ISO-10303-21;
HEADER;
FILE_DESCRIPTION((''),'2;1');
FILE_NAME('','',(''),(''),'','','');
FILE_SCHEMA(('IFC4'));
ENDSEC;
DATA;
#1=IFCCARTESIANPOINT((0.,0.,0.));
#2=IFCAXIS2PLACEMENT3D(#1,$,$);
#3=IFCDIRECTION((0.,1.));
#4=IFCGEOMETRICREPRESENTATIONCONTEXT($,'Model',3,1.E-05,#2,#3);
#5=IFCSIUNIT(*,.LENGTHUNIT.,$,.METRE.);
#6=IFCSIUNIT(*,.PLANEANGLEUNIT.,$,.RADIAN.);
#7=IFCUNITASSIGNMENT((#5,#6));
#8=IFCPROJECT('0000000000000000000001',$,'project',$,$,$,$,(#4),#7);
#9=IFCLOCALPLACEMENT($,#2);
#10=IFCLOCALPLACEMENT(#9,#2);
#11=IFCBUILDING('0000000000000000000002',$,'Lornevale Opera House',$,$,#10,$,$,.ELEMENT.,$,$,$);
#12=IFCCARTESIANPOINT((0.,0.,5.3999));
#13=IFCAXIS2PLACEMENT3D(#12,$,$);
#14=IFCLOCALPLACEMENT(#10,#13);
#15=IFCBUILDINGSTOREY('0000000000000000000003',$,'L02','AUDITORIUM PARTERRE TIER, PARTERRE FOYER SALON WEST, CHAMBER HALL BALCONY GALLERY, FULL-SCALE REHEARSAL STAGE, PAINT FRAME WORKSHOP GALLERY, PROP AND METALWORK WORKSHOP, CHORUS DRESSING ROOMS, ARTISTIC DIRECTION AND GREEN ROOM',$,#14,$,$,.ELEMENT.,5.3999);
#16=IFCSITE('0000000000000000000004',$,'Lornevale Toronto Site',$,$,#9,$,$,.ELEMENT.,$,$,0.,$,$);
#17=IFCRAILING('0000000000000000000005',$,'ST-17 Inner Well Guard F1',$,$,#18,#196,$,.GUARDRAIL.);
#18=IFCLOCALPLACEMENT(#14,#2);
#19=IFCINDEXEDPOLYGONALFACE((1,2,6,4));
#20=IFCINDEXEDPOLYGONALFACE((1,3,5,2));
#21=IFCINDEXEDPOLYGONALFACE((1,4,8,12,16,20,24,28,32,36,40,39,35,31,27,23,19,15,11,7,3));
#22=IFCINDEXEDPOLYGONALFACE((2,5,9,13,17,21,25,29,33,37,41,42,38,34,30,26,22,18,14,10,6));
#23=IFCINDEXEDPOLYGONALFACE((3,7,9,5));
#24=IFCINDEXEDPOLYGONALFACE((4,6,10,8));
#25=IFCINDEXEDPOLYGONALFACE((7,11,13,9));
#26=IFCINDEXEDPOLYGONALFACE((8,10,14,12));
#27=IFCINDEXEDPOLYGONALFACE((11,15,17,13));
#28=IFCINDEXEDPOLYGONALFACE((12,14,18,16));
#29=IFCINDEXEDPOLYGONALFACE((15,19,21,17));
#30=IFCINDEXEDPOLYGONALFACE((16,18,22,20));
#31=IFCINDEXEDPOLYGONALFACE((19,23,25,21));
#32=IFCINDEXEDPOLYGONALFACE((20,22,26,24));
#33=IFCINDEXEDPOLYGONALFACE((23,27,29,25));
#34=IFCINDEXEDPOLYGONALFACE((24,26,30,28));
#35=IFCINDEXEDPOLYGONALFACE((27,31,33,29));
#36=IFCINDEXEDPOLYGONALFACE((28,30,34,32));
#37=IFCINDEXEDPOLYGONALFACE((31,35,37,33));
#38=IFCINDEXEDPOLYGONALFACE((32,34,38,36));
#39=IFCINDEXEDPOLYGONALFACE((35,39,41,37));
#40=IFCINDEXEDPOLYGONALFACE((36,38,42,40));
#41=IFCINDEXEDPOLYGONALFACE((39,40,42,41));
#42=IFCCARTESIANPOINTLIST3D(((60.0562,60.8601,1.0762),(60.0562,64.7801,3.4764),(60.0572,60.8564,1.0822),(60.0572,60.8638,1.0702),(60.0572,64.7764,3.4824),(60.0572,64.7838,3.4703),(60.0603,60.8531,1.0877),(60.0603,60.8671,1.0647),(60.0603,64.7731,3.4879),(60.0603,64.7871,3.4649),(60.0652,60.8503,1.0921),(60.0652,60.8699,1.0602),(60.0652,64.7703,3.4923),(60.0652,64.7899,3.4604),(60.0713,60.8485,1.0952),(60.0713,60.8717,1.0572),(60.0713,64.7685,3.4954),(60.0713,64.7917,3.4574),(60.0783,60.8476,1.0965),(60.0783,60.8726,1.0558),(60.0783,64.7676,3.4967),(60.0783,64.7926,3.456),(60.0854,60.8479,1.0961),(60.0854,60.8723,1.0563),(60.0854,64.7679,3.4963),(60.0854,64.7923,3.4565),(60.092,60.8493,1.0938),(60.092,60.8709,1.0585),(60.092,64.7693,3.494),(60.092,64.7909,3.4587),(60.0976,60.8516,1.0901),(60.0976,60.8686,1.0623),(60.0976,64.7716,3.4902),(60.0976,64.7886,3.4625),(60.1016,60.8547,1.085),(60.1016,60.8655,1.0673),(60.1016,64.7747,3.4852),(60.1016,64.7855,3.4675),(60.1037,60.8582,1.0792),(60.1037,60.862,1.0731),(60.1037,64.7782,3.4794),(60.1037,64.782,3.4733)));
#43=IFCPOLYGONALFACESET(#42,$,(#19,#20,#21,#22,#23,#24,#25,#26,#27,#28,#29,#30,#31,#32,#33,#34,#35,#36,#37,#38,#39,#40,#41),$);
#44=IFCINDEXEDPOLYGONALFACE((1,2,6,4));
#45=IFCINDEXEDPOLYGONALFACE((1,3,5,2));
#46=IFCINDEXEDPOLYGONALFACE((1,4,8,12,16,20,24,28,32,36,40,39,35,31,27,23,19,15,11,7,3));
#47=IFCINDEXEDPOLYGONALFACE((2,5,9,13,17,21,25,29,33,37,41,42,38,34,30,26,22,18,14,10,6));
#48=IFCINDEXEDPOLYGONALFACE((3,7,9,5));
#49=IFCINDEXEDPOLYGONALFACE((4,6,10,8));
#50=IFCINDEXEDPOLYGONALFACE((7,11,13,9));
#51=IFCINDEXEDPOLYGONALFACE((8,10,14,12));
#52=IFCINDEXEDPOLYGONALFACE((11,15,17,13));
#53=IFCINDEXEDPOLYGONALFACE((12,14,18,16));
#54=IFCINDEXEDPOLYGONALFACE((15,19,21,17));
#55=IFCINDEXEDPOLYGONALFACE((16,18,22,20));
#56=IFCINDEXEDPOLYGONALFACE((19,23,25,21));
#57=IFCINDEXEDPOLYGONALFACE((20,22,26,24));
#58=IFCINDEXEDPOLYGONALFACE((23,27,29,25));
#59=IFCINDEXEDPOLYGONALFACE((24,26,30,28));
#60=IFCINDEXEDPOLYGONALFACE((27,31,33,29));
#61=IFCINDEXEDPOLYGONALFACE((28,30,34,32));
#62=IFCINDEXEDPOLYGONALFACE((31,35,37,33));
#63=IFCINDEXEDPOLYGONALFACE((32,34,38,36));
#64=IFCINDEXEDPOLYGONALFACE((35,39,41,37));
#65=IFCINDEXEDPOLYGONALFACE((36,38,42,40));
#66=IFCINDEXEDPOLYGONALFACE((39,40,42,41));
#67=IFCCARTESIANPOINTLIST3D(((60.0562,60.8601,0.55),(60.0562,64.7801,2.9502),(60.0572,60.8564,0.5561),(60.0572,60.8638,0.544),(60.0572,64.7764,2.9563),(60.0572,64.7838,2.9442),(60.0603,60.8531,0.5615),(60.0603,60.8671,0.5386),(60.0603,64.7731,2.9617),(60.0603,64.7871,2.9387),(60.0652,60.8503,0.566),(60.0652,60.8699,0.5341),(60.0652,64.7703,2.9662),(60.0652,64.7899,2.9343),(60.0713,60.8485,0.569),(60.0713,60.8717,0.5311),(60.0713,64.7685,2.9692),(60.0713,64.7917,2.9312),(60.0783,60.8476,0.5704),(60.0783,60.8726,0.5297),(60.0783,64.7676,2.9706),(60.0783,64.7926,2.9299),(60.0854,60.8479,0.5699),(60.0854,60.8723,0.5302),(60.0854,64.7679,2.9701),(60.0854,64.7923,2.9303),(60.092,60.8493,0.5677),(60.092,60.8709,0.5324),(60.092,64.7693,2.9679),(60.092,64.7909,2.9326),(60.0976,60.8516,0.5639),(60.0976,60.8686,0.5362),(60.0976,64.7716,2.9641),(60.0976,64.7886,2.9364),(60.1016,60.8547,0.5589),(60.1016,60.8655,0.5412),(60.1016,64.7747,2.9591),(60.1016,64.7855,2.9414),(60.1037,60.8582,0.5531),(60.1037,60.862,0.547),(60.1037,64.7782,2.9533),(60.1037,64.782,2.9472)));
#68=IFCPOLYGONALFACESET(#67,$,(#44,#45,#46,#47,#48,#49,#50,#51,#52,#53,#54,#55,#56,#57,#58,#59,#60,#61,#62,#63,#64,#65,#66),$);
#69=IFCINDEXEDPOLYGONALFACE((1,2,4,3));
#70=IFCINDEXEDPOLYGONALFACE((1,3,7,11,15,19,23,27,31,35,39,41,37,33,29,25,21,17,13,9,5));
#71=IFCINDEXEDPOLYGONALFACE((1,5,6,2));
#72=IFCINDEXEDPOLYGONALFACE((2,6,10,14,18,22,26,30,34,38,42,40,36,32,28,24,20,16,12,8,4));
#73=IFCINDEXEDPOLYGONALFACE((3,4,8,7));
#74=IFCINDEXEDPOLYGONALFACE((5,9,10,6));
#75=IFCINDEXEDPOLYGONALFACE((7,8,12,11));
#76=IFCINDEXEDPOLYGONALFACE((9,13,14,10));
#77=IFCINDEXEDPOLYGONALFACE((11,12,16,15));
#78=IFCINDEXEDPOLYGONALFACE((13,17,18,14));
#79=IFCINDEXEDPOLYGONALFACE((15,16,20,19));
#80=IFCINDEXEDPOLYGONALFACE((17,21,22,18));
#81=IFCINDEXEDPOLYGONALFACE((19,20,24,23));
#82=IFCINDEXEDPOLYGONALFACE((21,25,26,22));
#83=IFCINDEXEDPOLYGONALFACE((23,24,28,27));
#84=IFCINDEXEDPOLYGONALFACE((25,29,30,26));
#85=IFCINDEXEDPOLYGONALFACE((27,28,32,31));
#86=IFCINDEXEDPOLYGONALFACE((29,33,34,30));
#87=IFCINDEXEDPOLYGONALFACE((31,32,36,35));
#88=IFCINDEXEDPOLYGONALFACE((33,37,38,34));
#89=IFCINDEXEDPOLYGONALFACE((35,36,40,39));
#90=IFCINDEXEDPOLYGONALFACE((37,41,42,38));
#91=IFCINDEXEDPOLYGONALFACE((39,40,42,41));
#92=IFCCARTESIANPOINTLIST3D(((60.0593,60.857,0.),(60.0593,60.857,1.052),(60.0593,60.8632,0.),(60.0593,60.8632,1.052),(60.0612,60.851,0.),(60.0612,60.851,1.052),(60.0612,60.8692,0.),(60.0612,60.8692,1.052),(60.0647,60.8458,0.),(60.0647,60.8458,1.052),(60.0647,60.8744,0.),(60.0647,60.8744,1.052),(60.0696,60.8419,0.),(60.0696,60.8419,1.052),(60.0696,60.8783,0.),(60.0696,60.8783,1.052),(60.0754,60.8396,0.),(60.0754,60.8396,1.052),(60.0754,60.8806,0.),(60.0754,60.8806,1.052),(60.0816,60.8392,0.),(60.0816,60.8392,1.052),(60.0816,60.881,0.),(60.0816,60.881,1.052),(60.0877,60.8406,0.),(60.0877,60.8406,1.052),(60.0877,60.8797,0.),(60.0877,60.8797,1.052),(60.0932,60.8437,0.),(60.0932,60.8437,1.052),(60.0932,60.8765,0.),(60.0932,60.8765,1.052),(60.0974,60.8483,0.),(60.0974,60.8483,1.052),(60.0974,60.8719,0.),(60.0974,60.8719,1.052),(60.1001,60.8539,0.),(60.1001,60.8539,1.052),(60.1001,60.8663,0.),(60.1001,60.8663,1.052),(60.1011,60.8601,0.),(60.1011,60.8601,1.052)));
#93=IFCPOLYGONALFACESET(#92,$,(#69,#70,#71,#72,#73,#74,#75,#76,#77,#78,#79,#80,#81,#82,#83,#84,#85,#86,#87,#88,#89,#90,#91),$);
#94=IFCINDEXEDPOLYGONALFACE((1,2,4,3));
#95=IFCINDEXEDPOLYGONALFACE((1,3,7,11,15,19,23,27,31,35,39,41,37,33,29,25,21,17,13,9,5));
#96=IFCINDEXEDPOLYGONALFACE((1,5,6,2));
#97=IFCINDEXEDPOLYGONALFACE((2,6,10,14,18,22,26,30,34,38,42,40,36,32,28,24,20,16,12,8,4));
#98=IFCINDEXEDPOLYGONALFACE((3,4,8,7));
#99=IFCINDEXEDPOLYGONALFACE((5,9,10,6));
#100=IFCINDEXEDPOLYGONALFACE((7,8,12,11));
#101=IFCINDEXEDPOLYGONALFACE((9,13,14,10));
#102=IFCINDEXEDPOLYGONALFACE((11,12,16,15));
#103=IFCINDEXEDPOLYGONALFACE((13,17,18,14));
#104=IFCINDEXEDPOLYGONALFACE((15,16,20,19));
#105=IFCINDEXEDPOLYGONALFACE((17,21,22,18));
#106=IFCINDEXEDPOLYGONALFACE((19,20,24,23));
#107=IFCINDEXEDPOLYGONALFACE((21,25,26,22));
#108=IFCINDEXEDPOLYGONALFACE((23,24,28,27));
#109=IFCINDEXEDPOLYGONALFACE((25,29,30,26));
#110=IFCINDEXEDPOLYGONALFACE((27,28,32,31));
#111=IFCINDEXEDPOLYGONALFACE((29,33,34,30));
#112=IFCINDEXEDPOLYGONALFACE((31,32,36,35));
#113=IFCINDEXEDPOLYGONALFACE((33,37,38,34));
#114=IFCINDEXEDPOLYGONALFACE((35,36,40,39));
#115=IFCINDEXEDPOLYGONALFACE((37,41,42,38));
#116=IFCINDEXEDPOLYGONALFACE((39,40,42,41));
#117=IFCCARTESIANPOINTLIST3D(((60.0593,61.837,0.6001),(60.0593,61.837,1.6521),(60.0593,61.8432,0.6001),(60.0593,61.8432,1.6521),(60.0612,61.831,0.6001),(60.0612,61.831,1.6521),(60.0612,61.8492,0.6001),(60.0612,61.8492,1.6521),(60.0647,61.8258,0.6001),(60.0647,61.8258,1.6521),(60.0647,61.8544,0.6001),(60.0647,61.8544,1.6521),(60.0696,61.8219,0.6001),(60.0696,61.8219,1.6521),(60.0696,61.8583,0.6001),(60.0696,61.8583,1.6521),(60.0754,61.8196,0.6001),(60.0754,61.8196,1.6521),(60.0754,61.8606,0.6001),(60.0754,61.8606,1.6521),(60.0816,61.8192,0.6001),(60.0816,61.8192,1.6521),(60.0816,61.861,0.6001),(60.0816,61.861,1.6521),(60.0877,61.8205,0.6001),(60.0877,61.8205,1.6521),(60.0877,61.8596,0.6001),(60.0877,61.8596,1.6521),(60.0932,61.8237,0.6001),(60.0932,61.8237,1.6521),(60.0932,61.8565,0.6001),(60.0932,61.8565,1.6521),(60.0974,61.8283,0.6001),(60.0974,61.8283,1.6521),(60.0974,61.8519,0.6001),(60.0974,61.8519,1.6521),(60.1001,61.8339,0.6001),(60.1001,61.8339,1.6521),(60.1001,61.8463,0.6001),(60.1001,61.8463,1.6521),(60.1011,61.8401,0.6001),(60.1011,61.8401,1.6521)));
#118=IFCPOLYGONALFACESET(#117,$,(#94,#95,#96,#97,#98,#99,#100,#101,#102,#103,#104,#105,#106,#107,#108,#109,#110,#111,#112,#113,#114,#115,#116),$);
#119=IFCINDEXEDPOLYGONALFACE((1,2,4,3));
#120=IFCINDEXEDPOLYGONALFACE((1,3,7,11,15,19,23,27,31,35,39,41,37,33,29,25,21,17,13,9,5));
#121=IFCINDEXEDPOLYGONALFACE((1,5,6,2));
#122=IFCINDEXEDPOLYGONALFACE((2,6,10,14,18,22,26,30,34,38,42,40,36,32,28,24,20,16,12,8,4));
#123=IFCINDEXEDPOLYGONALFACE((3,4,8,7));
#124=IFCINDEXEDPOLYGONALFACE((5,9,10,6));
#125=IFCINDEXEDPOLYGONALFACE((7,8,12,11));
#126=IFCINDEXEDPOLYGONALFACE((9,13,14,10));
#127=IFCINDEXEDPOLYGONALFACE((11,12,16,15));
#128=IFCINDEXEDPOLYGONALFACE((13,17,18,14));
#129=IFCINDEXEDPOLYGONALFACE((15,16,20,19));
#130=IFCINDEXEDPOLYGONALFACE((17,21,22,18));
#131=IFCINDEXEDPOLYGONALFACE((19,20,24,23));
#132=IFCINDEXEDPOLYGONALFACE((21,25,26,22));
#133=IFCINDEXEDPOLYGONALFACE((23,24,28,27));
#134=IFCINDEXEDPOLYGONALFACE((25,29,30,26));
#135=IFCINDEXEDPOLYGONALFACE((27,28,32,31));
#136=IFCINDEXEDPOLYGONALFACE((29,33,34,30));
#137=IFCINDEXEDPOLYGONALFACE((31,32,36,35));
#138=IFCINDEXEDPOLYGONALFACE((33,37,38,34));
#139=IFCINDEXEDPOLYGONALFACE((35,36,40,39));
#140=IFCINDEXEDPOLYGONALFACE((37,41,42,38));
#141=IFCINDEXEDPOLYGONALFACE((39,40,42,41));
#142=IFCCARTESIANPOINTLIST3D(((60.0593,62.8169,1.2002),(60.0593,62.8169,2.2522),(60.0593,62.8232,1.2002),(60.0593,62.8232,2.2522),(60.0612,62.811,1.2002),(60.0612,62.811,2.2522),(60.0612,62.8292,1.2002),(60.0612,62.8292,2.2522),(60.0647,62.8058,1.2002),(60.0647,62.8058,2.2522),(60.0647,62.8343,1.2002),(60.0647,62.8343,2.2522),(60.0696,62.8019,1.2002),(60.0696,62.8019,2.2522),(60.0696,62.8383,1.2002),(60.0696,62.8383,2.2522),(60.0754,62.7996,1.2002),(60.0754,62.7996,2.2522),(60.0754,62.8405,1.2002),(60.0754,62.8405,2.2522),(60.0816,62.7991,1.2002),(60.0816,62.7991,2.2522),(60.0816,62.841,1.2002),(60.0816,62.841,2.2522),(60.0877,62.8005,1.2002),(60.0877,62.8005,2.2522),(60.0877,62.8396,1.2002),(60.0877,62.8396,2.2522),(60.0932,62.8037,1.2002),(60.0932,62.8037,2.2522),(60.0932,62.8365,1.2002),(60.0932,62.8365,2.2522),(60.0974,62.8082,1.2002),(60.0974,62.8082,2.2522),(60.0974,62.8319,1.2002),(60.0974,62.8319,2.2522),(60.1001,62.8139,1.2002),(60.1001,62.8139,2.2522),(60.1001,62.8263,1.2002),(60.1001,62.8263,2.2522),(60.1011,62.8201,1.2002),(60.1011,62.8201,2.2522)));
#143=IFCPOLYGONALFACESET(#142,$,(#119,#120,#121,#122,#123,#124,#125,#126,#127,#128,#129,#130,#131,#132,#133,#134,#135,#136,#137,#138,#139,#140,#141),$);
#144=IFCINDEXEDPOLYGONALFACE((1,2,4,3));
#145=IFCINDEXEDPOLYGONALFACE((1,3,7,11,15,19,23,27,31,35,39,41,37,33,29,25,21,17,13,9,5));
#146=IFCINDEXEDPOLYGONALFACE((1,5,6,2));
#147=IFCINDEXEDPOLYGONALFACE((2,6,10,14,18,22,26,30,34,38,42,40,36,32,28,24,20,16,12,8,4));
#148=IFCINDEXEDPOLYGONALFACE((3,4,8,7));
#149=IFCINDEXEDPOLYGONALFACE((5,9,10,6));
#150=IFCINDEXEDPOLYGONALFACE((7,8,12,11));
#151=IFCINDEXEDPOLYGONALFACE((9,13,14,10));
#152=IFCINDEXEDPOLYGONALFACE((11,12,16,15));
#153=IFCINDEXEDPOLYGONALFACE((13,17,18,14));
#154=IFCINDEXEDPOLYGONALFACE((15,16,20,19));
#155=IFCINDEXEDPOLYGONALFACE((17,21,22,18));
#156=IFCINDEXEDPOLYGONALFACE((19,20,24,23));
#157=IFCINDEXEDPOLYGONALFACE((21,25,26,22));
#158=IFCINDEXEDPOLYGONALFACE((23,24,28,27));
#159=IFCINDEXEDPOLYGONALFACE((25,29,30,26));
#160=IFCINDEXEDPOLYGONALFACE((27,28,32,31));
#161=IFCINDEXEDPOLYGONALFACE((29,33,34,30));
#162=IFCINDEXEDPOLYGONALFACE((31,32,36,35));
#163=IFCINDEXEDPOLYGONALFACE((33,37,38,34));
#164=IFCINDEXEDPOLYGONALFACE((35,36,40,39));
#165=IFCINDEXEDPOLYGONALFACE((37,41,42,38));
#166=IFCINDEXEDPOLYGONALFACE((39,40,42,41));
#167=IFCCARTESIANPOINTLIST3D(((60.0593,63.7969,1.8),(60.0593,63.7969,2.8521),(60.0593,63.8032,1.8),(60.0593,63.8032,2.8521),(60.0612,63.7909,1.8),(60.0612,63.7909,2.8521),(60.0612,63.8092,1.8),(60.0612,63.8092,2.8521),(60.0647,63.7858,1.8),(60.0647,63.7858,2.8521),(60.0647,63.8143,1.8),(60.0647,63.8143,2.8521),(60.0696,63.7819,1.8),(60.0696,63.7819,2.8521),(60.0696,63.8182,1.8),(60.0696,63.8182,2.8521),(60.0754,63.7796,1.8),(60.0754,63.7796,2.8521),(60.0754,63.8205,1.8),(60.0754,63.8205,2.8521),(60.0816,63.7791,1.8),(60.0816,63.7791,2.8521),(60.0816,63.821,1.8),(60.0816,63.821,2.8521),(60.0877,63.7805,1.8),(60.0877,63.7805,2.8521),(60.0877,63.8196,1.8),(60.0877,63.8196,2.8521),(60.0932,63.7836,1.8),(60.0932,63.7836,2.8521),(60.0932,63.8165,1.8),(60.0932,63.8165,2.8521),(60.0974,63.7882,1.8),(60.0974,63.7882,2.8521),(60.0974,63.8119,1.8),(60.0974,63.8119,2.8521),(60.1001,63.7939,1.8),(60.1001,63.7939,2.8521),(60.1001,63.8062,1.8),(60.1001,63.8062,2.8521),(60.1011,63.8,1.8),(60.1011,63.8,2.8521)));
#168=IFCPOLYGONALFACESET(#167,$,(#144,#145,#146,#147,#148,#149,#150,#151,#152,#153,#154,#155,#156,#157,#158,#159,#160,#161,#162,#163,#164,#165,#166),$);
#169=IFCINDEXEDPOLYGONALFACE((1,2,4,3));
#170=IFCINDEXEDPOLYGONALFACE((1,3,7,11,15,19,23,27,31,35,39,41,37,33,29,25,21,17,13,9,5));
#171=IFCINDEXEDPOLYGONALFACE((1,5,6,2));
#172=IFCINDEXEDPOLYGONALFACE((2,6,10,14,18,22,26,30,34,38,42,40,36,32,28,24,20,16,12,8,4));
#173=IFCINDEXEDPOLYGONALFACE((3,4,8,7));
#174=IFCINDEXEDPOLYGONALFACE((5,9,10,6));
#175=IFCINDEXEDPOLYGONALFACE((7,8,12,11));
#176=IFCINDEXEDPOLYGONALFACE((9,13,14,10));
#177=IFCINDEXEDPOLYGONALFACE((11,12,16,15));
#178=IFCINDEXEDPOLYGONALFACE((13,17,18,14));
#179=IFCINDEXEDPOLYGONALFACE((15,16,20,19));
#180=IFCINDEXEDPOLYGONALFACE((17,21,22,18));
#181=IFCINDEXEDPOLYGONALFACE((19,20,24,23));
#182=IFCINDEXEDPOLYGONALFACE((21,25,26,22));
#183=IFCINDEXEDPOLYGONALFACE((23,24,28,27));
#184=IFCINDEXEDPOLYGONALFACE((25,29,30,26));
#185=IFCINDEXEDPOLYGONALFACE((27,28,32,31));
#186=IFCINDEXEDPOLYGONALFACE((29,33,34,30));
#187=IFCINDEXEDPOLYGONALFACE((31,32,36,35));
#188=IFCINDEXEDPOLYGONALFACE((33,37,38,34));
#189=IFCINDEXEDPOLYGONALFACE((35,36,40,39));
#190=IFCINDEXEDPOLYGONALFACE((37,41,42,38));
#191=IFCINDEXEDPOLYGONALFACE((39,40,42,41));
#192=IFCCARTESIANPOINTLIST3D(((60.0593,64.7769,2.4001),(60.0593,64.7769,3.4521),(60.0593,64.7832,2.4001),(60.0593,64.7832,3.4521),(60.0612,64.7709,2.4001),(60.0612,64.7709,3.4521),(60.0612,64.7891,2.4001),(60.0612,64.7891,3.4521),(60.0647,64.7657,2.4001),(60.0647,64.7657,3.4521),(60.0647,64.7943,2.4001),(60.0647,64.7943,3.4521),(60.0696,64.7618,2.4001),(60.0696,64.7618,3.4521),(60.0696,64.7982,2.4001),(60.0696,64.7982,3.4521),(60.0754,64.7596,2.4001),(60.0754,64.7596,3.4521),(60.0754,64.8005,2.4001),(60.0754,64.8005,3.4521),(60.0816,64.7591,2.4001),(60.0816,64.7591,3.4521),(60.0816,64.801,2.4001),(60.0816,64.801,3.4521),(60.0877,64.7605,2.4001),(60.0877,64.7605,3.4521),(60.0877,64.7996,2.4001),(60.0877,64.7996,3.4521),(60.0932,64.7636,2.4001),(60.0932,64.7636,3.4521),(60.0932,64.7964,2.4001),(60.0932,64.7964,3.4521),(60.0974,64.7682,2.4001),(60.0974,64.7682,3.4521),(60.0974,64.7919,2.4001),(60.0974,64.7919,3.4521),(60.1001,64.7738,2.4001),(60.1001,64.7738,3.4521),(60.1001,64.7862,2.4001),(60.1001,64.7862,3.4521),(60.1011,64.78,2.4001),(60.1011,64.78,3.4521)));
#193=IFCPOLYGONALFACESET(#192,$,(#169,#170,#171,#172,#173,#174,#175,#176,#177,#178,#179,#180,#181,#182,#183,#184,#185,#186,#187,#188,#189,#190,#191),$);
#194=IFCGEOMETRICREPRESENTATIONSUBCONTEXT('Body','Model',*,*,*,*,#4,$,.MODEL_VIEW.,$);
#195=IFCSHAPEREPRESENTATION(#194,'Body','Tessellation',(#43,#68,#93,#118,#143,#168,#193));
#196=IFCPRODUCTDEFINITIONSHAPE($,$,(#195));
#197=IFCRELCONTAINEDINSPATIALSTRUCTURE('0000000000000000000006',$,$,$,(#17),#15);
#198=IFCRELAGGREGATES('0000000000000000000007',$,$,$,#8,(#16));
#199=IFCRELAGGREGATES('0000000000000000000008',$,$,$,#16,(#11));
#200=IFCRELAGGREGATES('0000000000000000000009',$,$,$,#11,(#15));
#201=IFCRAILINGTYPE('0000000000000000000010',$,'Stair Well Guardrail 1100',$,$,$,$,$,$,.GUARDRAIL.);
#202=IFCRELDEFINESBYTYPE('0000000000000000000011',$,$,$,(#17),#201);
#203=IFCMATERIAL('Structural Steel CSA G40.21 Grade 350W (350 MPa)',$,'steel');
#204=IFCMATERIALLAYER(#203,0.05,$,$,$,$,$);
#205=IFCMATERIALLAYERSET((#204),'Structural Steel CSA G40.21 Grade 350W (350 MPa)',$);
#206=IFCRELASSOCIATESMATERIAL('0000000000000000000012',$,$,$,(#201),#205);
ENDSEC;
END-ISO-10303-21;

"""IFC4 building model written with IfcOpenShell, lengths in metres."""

from ifc_helpers import new_model, si_unit, direction, frame, origin, origin_2d, place, context, subcontext, project, spatial, circle, extrude, material, layer, layer_set, type_object, element, save


model = new_model("IFC4")

# Units and contexts
model_context = context("Model", 3, precision=1e-05, world=origin(), true_north=direction((0.0, 1.0)))
body_context = subcontext(model_context, "Body", "Model", "MODEL_VIEW")
ifc_project = project(units=[si_unit("LENGTHUNIT", "METRE"), si_unit("PLANEANGLEUNIT", "RADIAN")], contexts=[model_context])

# Site, building, storey
site_placement = place(None, origin())
site = spatial("IfcSite", under=ifc_project, at=site_placement, Name="Lornevale Toronto Site", CompositionType="ELEMENT", RefElevation=0.0)
building_placement = place(site_placement, origin())
building = spatial("IfcBuilding", under=site, at=building_placement, Name="Lornevale Opera House", CompositionType="ELEMENT")
storey_placement = place(building_placement, frame((0.0, 0.0, 5.3999)))
storey = spatial("IfcBuildingStorey", under=building, at=storey_placement, Name="L02", Description="AUDITORIUM PARTERRE TIER, PARTERRE FOYER SALON WEST, CHAMBER HALL BALCONY GALLERY, FULL-SCALE REHEARSAL STAGE, PAINT FRAME WORKSHOP GALLERY, PROP AND METALWORK WORKSHOP, CHORUS DRESSING ROOMS, ARTISTIC DIRECTION AND GREEN ROOM", CompositionType="ELEMENT", Elevation=5.3999)

# Shared definitions
ifc_material_1 = material(Name="Structural Steel CSA G40.21 Grade 350W (350 MPa)", Category="steel")

# Railing
ifc_layer_1 = layer(ifc_material_1, 0.05)
ifc_layer_set_1 = layer_set([ifc_layer_1], Name="Structural Steel CSA G40.21 Grade 350W (350 MPa)")
railing_type_1 = type_object("IfcRailingType", Name="Stair Well Guardrail 1100", PredefinedType="GUARDRAIL", material=ifc_layer_set_1)
railing_1_placement = place(storey_placement, frame((60.0801, 60.8601, 0.0)))
element("IfcRailing", 1, at=railing_1_placement, inside=storey, type_object=railing_type_1, Name="ST-17 Inner Well Guard F1", PredefinedType="GUARDRAIL", context=body_context, shape_type="SweptSolid", body=[
    extrude(circle(Radius=0.0239, at=origin_2d()), frame((0.0, 0.0, 1.0762), z_axis=(0.0, 0.852832, 0.522185), x_axis=(-1.0, 0.0, 0.0)), (0.0, 0.0, 1.0), 4.5964),
    extrude(circle(Radius=0.0239, at=origin_2d()), frame((0.0, 0.0, 0.55), z_axis=(0.0, 0.852832, 0.522185), x_axis=(-1.0, 0.0, 0.0)), (0.0, 0.0, 1.0), 4.5964),
    extrude(circle(Radius=0.021, at=origin_2d()), origin(), (0.0, 0.0, 1.0), 1.052),
    extrude(circle(Radius=0.021, at=origin_2d()), frame((0.0, 0.98, 0.6001)), (0.0, 0.0, 1.0), 1.052),
    extrude(circle(Radius=0.021, at=origin_2d()), frame((0.0, 1.96, 1.2002)), (0.0, 0.0, 1.0), 1.052),
    extrude(circle(Radius=0.021, at=origin_2d()), frame((0.0, 2.9399, 1.8)), (0.0, 0.0, 1.0), 1.052),
    extrude(circle(Radius=0.021, at=origin_2d()), frame((0.0, 3.9199, 2.4001)), (0.0, 0.0, 1.0), 1.052),
])

save(model, "model.ifc")
